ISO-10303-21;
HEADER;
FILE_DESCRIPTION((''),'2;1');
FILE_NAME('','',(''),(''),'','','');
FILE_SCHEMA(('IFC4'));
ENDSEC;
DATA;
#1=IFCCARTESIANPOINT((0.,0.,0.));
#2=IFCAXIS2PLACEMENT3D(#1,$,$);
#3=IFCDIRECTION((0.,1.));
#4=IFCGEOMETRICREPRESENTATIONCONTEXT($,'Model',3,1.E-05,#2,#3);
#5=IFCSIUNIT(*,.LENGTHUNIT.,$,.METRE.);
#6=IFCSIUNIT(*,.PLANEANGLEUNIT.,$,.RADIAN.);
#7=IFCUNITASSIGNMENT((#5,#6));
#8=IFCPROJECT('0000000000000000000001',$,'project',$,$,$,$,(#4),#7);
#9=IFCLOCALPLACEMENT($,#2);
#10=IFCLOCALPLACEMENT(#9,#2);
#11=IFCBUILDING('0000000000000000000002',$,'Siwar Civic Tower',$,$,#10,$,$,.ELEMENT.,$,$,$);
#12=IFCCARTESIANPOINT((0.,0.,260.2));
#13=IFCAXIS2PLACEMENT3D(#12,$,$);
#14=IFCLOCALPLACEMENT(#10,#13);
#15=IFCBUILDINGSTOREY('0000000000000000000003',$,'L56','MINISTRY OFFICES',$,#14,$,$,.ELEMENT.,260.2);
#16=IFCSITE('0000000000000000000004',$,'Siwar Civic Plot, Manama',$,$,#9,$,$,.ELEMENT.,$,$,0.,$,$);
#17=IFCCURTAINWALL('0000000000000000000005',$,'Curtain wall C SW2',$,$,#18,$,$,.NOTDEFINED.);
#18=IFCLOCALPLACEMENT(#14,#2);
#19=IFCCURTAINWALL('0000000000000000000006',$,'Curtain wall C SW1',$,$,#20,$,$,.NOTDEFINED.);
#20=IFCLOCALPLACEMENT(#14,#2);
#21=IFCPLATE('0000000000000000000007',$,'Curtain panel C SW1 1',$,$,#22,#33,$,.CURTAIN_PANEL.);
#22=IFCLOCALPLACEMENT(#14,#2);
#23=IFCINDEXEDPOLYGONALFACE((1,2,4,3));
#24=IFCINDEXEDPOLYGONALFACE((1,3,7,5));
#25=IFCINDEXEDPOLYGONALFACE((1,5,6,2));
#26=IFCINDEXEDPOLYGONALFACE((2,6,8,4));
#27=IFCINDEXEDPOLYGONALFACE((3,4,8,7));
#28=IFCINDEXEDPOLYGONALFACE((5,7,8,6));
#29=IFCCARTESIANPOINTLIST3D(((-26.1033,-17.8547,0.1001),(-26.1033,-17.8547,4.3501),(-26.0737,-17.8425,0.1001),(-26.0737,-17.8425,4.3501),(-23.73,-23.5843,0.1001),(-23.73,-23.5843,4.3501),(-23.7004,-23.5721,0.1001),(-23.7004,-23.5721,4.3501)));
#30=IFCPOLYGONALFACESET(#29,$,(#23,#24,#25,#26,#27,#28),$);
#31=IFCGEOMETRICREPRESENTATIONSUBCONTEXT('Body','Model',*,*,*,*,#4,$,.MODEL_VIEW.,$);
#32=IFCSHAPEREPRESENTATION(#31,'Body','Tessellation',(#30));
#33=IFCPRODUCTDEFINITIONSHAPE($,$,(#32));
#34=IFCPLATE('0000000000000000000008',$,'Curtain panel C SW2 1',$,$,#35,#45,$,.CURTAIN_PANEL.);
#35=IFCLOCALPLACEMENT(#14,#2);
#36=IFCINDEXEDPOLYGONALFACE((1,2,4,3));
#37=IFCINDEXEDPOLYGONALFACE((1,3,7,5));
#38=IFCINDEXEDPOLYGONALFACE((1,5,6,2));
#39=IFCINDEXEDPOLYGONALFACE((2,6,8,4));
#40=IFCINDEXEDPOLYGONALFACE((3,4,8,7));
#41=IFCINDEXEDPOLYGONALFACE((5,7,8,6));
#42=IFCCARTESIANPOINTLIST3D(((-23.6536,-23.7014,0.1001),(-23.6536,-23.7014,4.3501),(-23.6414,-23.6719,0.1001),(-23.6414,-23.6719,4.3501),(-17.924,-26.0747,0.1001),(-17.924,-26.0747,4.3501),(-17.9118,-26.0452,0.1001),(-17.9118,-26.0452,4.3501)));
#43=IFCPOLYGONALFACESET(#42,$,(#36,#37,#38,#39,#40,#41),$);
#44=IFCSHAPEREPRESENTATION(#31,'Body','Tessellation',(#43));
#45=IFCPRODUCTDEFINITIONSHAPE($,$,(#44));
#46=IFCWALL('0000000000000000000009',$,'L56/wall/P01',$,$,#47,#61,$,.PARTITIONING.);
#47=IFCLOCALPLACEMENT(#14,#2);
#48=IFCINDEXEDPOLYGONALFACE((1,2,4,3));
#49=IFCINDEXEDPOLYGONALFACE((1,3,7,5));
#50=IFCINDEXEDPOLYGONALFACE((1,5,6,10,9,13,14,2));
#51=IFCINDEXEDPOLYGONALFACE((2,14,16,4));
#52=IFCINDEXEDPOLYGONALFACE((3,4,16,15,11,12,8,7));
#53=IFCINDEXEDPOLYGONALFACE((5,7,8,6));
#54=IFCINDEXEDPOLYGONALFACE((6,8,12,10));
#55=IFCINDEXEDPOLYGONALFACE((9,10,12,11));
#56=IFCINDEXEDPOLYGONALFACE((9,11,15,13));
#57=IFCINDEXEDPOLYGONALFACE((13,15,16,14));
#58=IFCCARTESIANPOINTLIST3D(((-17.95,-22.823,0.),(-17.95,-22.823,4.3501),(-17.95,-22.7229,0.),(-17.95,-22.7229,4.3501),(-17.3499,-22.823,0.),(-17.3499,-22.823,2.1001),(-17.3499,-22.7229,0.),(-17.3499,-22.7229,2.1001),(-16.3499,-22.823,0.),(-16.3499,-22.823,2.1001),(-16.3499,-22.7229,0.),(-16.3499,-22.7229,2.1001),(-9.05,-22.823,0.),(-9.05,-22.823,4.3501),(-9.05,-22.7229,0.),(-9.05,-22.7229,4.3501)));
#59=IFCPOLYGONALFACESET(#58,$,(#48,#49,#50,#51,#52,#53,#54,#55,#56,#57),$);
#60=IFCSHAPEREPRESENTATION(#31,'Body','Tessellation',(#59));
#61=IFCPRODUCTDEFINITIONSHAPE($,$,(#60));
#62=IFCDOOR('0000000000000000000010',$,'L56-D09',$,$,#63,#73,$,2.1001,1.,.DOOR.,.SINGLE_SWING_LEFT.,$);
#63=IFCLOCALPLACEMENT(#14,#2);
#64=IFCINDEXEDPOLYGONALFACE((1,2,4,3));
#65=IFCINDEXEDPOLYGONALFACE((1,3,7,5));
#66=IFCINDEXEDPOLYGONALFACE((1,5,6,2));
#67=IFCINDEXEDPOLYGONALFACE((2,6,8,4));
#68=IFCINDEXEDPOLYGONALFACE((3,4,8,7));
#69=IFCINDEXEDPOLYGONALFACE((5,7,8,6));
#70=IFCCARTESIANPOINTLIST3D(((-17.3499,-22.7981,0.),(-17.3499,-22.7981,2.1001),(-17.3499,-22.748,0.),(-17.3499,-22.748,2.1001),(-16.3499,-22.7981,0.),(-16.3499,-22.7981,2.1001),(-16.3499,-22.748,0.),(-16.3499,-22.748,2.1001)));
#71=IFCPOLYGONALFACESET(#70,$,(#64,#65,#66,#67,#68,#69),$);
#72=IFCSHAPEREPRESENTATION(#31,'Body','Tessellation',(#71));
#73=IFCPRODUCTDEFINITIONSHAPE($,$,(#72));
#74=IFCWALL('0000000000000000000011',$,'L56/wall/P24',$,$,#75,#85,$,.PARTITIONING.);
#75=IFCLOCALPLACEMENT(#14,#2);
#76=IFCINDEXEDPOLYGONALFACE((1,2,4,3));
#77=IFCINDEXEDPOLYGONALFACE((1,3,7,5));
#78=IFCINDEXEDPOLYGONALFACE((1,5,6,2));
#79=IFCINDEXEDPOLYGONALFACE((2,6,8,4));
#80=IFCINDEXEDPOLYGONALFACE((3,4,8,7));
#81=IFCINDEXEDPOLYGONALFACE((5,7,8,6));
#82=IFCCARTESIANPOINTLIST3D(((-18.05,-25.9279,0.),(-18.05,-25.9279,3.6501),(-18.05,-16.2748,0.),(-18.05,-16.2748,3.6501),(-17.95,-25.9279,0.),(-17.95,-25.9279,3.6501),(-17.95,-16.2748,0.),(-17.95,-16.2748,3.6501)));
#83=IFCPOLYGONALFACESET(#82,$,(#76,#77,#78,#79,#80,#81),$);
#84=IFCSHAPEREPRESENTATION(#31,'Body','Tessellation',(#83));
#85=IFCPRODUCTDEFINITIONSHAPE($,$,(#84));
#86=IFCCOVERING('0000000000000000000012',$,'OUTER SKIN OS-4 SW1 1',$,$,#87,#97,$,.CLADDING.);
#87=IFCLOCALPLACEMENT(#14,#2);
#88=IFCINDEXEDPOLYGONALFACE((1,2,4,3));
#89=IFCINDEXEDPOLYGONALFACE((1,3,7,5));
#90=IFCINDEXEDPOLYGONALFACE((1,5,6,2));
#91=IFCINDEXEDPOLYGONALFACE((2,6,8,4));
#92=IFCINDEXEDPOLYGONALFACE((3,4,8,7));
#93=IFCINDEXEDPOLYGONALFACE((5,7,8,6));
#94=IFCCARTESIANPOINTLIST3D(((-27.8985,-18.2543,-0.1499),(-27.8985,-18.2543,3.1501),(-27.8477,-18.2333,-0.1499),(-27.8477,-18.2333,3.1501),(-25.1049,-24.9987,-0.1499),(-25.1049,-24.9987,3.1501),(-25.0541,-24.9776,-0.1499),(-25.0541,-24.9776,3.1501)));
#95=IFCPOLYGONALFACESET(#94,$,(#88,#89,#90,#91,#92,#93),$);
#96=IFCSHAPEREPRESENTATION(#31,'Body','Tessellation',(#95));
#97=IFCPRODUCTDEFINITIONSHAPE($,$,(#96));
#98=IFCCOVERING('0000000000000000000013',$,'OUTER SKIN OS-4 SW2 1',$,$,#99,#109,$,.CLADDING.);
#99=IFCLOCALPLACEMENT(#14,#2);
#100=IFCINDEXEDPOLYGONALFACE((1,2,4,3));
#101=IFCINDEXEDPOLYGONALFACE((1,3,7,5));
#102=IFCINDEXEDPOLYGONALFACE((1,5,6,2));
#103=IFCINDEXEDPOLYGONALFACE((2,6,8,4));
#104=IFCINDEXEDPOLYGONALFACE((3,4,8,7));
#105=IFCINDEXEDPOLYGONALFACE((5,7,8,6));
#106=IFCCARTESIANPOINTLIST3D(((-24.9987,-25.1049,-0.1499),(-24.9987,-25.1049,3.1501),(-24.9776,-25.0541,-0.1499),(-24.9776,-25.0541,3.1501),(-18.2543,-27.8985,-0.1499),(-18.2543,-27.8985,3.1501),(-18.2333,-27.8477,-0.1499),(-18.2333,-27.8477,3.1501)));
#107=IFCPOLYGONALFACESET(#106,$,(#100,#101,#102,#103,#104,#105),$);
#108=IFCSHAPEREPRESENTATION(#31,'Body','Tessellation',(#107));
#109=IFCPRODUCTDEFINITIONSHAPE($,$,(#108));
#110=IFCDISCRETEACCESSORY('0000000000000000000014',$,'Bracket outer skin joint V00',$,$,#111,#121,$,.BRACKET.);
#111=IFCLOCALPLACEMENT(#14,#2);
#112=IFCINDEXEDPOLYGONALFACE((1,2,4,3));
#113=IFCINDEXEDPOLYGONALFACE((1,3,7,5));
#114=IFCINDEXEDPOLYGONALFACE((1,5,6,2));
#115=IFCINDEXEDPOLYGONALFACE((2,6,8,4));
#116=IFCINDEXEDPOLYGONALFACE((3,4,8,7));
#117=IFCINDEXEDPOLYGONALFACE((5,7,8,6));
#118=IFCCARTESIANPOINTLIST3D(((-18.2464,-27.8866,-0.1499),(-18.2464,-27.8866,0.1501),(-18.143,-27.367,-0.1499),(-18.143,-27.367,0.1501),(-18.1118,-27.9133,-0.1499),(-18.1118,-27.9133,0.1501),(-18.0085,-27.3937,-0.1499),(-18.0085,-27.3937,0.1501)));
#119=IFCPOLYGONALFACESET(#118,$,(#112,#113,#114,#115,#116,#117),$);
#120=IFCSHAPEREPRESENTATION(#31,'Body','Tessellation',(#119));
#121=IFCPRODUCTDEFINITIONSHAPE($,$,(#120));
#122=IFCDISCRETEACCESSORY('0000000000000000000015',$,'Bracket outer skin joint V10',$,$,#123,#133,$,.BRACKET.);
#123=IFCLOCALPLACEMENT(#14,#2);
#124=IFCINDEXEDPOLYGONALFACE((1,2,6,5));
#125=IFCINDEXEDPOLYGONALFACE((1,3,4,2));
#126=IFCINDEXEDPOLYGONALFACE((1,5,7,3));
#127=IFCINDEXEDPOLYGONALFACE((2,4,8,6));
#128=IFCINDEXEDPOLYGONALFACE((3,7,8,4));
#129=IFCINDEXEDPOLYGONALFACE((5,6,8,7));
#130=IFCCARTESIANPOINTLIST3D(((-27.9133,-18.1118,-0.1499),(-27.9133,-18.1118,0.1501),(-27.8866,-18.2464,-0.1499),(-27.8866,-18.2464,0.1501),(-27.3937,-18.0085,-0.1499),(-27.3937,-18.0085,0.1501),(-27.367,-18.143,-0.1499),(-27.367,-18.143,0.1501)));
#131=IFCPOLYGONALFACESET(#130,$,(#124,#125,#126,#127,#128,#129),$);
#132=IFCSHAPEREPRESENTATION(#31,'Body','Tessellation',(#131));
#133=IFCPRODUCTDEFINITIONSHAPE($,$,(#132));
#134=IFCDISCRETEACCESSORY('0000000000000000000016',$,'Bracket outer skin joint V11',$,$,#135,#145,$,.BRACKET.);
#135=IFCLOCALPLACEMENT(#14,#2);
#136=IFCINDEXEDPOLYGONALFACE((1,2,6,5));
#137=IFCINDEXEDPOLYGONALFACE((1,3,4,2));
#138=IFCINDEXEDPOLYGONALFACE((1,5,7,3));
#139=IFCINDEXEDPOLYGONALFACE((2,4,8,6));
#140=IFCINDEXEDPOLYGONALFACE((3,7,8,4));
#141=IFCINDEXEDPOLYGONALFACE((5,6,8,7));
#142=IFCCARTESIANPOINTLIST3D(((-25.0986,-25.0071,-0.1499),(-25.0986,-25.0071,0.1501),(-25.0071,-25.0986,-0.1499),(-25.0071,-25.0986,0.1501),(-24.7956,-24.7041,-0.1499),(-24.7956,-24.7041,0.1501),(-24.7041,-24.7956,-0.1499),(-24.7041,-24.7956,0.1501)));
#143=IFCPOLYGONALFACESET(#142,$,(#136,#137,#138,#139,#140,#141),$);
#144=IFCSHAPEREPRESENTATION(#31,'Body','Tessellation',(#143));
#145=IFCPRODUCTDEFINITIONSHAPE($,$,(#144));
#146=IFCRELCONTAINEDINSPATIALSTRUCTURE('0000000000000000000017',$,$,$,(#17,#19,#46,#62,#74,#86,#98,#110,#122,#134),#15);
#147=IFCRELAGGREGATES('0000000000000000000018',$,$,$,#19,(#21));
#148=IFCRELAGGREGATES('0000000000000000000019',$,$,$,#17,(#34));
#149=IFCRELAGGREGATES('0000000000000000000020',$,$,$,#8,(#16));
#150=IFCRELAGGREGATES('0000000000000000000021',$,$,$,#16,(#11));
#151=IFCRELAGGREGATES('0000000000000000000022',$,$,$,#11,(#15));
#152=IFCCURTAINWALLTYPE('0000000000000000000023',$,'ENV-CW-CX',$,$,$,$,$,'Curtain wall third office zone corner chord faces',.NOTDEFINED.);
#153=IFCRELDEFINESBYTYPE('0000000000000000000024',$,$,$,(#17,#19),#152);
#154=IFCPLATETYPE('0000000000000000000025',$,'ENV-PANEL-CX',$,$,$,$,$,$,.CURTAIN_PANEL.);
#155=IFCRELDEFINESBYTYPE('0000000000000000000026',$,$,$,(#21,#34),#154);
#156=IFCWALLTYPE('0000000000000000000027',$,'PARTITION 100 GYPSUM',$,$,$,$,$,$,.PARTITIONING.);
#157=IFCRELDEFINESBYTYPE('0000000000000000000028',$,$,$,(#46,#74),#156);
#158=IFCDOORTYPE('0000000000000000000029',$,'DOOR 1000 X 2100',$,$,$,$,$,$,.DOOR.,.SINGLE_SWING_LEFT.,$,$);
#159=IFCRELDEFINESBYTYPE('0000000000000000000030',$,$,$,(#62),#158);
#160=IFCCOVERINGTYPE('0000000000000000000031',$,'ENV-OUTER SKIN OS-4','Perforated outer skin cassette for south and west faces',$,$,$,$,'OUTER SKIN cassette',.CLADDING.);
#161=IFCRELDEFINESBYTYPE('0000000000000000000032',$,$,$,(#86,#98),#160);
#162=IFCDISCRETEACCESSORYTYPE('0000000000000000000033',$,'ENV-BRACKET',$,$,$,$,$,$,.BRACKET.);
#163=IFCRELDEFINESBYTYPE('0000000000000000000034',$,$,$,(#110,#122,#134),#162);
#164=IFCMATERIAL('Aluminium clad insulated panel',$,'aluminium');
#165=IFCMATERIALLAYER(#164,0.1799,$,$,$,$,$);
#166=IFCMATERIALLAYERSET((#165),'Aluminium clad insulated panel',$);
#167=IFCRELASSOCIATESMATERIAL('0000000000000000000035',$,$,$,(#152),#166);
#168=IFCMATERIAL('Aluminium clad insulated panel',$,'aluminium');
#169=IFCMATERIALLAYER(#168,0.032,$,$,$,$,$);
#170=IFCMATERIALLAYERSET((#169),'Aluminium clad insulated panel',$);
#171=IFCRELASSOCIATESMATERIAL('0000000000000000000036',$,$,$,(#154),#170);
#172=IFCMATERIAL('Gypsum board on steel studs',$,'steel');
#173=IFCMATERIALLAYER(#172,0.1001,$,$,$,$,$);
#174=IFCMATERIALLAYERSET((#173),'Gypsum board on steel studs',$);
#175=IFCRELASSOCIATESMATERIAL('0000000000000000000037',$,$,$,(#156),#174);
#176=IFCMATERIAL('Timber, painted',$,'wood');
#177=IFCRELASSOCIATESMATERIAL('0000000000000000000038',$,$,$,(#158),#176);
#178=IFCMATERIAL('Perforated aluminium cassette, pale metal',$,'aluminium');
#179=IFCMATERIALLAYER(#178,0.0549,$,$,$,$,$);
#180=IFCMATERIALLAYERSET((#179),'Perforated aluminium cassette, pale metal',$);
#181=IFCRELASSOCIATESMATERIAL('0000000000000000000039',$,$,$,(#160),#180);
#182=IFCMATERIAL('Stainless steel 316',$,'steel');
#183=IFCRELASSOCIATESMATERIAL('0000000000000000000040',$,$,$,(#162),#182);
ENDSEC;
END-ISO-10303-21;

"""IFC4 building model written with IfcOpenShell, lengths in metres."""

from ifc_helpers import new_model, si_unit, direction, frame, frame_2d, origin, origin_2d, place, context, subcontext, project, spatial, rectangle, extrude, material, layer, layer_set, type_object, element, fill, aggregate, save


model = new_model("IFC4")

# Units and contexts
model_context = context("Model", 3, precision=1e-05, world=origin(), true_north=direction((0.0, 1.0)))
body_context = subcontext(model_context, "Body", "Model", "MODEL_VIEW")
ifc_project = project(units=[si_unit("LENGTHUNIT", "METRE"), si_unit("PLANEANGLEUNIT", "RADIAN")], contexts=[model_context])

# Site, building, storey
site_placement = place(None, origin())
site = spatial("IfcSite", under=ifc_project, at=site_placement, Name="Siwar Civic Plot, Manama", CompositionType="ELEMENT", RefElevation=0.0)
building_placement = place(site_placement, origin())
building = spatial("IfcBuilding", under=site, at=building_placement, Name="Siwar Civic Tower", CompositionType="ELEMENT")
storey_placement = place(building_placement, frame((0.0, 0.0, 260.2)))
storey = spatial("IfcBuildingStorey", under=building, at=storey_placement, Name="L56", Description="MINISTRY OFFICES", CompositionType="ELEMENT", Elevation=260.2)

# Curtain wall
ifc_material_1 = material(Name="Aluminium clad insulated panel", Category="aluminium")
ifc_layer_1 = layer(ifc_material_1, 0.1799)
ifc_layer_set_1 = layer_set([ifc_layer_1], Name="Aluminium clad insulated panel")
curtain_wall_type = type_object("IfcCurtainWallType", Name="ENV-CW-CX", ElementType="Curtain wall third office zone corner chord faces", PredefinedType="NOTDEFINED", material=ifc_layer_set_1)
curtain_wall_1_placement = place(storey_placement, origin())
curtain_wall_1 = element("IfcCurtainWall", 1, at=curtain_wall_1_placement, inside=storey, type_object=curtain_wall_type, Name="Curtain wall C SW2", PredefinedType="NOTDEFINED")

# Curtain wall, plate
curtain_wall_2_placement = place(storey_placement, origin())
curtain_wall_2 = element("IfcCurtainWall", 2, at=curtain_wall_2_placement, inside=storey, type_object=curtain_wall_type, Name="Curtain wall C SW1", PredefinedType="NOTDEFINED")
ifc_material_2 = material(Name="Aluminium clad insulated panel", Category="aluminium")
ifc_layer_2 = layer(ifc_material_2, 0.032)
ifc_layer_set_2 = layer_set([ifc_layer_2], Name="Aluminium clad insulated panel")
plate_type = type_object("IfcPlateType", Name="ENV-PANEL-CX", PredefinedType="CURTAIN_PANEL", material=ifc_layer_set_2)
plate_1_placement = place(storey_placement, frame((-24.9019, -20.7134, 0.1001), z_axis=(0.0, 0.0, 1.0), x_axis=(0.382683, -0.92388, 0.0)))
plate_1 = element("IfcPlate", 3, at=plate_1_placement, type_object=plate_type, Name="Curtain panel C SW1 1", PredefinedType="CURTAIN_PANEL", context=body_context, shape_type="SweptSolid", body=[
    extrude(rectangle(XDim=6.2017, YDim=0.032, at=origin_2d()), origin(), (0.0, 0.0, 1.0), 4.25),
])
aggregate(curtain_wall_2, [plate_1])

# Plate
plate_2_placement = place(storey_placement, frame((-20.7827, -24.8733, 0.1001), z_axis=(0.0, 0.0, 1.0), x_axis=(0.92388, -0.382683, 0.0)))
plate_2 = element("IfcPlate", 4, at=plate_2_placement, type_object=plate_type, Name="Curtain panel C SW2 1", PredefinedType="CURTAIN_PANEL", context=body_context, shape_type="SweptSolid", body=[
    extrude(rectangle(XDim=6.2017, YDim=0.032, at=origin_2d()), origin(), (0.0, 0.0, 1.0), 4.25),
])
aggregate(curtain_wall_1, [plate_2])

# Wall, opening, door
ifc_material_3 = material(Name="Gypsum board on steel studs", Category="steel")
ifc_layer_3 = layer(ifc_material_3, 0.1001)
ifc_layer_set_3 = layer_set([ifc_layer_3], Name="Gypsum board on steel studs")
wall_type = type_object("IfcWallType", Name="PARTITION 100 GYPSUM", PredefinedType="PARTITIONING", material=ifc_layer_set_3)
wall_1_placement = place(storey_placement, frame((-17.95, -22.7729, 0.0), z_axis=(0.0, 0.0, 1.0), x_axis=(1.0, 0.0, 0.0)))
wall_1 = element("IfcWall", 5, at=wall_1_placement, inside=storey, type_object=wall_type, Name="L56/wall/P01", PredefinedType="PARTITIONING", context=body_context, shape_type="SweptSolid", body=[
    extrude(rectangle(XDim=8.8999, YDim=0.1001, at=frame_2d((4.45, 0.0))), origin(), (0.0, 0.0, 1.0), 4.3501),
])
opening_placement = place(wall_1_placement, frame((0.6001, 0.0, 0.0)))
opening = element("IfcOpeningElement", 6, at=opening_placement, cuts=wall_1, PredefinedType="OPENING", context=body_context, shape_type="SweptSolid", body=[
    extrude(rectangle(XDim=1.0, YDim=2.1001, at=frame_2d((0.5, 1.05))), frame((0.0, 0.0601, 0.0), z_axis=(0.0, -1.0, 0.0), x_axis=(1.0, 0.0, 0.0)), (0.0, 0.0, 1.0), 0.1201),
])
ifc_material_4 = material(Name="Timber, painted", Category="wood")
door_type = type_object("IfcDoorType", Name="DOOR 1000 X 2100", OperationType="SINGLE_SWING_LEFT", PredefinedType="DOOR", material=ifc_material_4)
door_placement = place(opening_placement, origin())
door = element("IfcDoor", 7, at=door_placement, inside=storey, type_object=door_type, Name="L56-D09", OperationType="SINGLE_SWING_LEFT", OverallHeight=2.1001, OverallWidth=1.0, PredefinedType="DOOR", context=body_context, shape_type="SweptSolid", body=[
    extrude(rectangle(XDim=1.0, YDim=2.1001, at=frame_2d((0.5, 1.05))), frame((0.0, 0.0249, 0.0), z_axis=(0.0, -1.0, 0.0), x_axis=(1.0, 0.0, 0.0)), (0.0, 0.0, 1.0), 0.05),
])
fill(opening, door)

# Wall
wall_2_placement = place(storey_placement, frame((-18.0, -25.928, 0.0), z_axis=(0.0, 0.0, 1.0), x_axis=(0.0, 1.0, 0.0)))
element("IfcWall", 8, at=wall_2_placement, inside=storey, type_object=wall_type, Name="L56/wall/P24", PredefinedType="PARTITIONING", context=body_context, shape_type="SweptSolid", body=[
    extrude(rectangle(XDim=9.6531, YDim=0.1001, at=frame_2d((4.8267, 0.0))), origin(), (0.0, 0.0, 1.0), 3.6501),
])

# Coverings
ifc_material_5 = material(Name="Perforated aluminium cassette, pale metal", Category="aluminium")
ifc_layer_4 = layer(ifc_material_5, 0.0549)
ifc_layer_set_4 = layer_set([ifc_layer_4], Name="Perforated aluminium cassette, pale metal")
covering_type = type_object("IfcCoveringType", Name="ENV-OUTER SKIN OS-4", Description="Perforated outer skin cassette for south and west faces", ElementType="OUTER SKIN cassette", PredefinedType="CLADDING", material=ifc_layer_set_4)
for number, where, z_axis, x_axis, name in (
    (9, (-26.4763, -21.616, -0.1499), (0.0, 0.0, 1.0), (0.382683, -0.92388, 0.0), "OUTER SKIN OS-4 SW1 1"),
    (10, (-21.616, -26.4763, -0.1499), (0.0, 0.0, 1.0), (0.92388, -0.382683, 0.0), "OUTER SKIN OS-4 SW2 1"),
):
    element("IfcCovering", number, at=place(storey_placement, frame(where, z_axis=z_axis, x_axis=x_axis)), inside=storey, type_object=covering_type, Name=name, PredefinedType="CLADDING", context=body_context, shape_type="SweptSolid", body=[
        extrude(rectangle(XDim=7.3, YDim=0.0549, at=origin_2d()), origin(), (0.0, 0.0, 1.0), 3.3),
    ])

# Discrete accessories
ifc_material_6 = material(Name="Stainless steel 316", Category="steel")
discrete_accessory_type = type_object("IfcDiscreteAccessoryType", Name="ENV-BRACKET", PredefinedType="BRACKET", material=ifc_material_6)
for number, where, z_axis, x_axis, name in (
    (11, (-18.1274, -27.6401, -0.1499), (0.0, 0.0, 1.0), (-0.19509, -0.980785, 0.0), "Bracket outer skin joint V00"),
    (12, (-27.6401, -18.1274, -0.1499), (0.0, 0.0, 1.0), (-0.980785, -0.19509, 0.0), "Bracket outer skin joint V10"),
):
    element("IfcDiscreteAccessory", number, at=place(storey_placement, frame(where, z_axis=z_axis, x_axis=x_axis)), inside=storey, type_object=discrete_accessory_type, Name=name, PredefinedType="BRACKET", context=body_context, shape_type="SweptSolid", body=[
        extrude(rectangle(XDim=0.5298, YDim=0.1372, at=origin_2d()), origin(), (0.0, 0.0, 1.0), 0.3),
    ])
discrete_accessory_placement = place(storey_placement, frame((-24.9014, -24.9014, -0.1499), z_axis=(0.0, 0.0, 1.0), x_axis=(-0.707107, -0.707107, 0.0)))
element("IfcDiscreteAccessory", 13, at=discrete_accessory_placement, inside=storey, type_object=discrete_accessory_type, Name="Bracket outer skin joint V11", PredefinedType="BRACKET", context=body_context, shape_type="SweptSolid", body=[
    extrude(rectangle(XDim=0.4285, YDim=0.1294, at=origin_2d()), origin(), (0.0, 0.0, 1.0), 0.3),
])

save(model, "model.ifc")
